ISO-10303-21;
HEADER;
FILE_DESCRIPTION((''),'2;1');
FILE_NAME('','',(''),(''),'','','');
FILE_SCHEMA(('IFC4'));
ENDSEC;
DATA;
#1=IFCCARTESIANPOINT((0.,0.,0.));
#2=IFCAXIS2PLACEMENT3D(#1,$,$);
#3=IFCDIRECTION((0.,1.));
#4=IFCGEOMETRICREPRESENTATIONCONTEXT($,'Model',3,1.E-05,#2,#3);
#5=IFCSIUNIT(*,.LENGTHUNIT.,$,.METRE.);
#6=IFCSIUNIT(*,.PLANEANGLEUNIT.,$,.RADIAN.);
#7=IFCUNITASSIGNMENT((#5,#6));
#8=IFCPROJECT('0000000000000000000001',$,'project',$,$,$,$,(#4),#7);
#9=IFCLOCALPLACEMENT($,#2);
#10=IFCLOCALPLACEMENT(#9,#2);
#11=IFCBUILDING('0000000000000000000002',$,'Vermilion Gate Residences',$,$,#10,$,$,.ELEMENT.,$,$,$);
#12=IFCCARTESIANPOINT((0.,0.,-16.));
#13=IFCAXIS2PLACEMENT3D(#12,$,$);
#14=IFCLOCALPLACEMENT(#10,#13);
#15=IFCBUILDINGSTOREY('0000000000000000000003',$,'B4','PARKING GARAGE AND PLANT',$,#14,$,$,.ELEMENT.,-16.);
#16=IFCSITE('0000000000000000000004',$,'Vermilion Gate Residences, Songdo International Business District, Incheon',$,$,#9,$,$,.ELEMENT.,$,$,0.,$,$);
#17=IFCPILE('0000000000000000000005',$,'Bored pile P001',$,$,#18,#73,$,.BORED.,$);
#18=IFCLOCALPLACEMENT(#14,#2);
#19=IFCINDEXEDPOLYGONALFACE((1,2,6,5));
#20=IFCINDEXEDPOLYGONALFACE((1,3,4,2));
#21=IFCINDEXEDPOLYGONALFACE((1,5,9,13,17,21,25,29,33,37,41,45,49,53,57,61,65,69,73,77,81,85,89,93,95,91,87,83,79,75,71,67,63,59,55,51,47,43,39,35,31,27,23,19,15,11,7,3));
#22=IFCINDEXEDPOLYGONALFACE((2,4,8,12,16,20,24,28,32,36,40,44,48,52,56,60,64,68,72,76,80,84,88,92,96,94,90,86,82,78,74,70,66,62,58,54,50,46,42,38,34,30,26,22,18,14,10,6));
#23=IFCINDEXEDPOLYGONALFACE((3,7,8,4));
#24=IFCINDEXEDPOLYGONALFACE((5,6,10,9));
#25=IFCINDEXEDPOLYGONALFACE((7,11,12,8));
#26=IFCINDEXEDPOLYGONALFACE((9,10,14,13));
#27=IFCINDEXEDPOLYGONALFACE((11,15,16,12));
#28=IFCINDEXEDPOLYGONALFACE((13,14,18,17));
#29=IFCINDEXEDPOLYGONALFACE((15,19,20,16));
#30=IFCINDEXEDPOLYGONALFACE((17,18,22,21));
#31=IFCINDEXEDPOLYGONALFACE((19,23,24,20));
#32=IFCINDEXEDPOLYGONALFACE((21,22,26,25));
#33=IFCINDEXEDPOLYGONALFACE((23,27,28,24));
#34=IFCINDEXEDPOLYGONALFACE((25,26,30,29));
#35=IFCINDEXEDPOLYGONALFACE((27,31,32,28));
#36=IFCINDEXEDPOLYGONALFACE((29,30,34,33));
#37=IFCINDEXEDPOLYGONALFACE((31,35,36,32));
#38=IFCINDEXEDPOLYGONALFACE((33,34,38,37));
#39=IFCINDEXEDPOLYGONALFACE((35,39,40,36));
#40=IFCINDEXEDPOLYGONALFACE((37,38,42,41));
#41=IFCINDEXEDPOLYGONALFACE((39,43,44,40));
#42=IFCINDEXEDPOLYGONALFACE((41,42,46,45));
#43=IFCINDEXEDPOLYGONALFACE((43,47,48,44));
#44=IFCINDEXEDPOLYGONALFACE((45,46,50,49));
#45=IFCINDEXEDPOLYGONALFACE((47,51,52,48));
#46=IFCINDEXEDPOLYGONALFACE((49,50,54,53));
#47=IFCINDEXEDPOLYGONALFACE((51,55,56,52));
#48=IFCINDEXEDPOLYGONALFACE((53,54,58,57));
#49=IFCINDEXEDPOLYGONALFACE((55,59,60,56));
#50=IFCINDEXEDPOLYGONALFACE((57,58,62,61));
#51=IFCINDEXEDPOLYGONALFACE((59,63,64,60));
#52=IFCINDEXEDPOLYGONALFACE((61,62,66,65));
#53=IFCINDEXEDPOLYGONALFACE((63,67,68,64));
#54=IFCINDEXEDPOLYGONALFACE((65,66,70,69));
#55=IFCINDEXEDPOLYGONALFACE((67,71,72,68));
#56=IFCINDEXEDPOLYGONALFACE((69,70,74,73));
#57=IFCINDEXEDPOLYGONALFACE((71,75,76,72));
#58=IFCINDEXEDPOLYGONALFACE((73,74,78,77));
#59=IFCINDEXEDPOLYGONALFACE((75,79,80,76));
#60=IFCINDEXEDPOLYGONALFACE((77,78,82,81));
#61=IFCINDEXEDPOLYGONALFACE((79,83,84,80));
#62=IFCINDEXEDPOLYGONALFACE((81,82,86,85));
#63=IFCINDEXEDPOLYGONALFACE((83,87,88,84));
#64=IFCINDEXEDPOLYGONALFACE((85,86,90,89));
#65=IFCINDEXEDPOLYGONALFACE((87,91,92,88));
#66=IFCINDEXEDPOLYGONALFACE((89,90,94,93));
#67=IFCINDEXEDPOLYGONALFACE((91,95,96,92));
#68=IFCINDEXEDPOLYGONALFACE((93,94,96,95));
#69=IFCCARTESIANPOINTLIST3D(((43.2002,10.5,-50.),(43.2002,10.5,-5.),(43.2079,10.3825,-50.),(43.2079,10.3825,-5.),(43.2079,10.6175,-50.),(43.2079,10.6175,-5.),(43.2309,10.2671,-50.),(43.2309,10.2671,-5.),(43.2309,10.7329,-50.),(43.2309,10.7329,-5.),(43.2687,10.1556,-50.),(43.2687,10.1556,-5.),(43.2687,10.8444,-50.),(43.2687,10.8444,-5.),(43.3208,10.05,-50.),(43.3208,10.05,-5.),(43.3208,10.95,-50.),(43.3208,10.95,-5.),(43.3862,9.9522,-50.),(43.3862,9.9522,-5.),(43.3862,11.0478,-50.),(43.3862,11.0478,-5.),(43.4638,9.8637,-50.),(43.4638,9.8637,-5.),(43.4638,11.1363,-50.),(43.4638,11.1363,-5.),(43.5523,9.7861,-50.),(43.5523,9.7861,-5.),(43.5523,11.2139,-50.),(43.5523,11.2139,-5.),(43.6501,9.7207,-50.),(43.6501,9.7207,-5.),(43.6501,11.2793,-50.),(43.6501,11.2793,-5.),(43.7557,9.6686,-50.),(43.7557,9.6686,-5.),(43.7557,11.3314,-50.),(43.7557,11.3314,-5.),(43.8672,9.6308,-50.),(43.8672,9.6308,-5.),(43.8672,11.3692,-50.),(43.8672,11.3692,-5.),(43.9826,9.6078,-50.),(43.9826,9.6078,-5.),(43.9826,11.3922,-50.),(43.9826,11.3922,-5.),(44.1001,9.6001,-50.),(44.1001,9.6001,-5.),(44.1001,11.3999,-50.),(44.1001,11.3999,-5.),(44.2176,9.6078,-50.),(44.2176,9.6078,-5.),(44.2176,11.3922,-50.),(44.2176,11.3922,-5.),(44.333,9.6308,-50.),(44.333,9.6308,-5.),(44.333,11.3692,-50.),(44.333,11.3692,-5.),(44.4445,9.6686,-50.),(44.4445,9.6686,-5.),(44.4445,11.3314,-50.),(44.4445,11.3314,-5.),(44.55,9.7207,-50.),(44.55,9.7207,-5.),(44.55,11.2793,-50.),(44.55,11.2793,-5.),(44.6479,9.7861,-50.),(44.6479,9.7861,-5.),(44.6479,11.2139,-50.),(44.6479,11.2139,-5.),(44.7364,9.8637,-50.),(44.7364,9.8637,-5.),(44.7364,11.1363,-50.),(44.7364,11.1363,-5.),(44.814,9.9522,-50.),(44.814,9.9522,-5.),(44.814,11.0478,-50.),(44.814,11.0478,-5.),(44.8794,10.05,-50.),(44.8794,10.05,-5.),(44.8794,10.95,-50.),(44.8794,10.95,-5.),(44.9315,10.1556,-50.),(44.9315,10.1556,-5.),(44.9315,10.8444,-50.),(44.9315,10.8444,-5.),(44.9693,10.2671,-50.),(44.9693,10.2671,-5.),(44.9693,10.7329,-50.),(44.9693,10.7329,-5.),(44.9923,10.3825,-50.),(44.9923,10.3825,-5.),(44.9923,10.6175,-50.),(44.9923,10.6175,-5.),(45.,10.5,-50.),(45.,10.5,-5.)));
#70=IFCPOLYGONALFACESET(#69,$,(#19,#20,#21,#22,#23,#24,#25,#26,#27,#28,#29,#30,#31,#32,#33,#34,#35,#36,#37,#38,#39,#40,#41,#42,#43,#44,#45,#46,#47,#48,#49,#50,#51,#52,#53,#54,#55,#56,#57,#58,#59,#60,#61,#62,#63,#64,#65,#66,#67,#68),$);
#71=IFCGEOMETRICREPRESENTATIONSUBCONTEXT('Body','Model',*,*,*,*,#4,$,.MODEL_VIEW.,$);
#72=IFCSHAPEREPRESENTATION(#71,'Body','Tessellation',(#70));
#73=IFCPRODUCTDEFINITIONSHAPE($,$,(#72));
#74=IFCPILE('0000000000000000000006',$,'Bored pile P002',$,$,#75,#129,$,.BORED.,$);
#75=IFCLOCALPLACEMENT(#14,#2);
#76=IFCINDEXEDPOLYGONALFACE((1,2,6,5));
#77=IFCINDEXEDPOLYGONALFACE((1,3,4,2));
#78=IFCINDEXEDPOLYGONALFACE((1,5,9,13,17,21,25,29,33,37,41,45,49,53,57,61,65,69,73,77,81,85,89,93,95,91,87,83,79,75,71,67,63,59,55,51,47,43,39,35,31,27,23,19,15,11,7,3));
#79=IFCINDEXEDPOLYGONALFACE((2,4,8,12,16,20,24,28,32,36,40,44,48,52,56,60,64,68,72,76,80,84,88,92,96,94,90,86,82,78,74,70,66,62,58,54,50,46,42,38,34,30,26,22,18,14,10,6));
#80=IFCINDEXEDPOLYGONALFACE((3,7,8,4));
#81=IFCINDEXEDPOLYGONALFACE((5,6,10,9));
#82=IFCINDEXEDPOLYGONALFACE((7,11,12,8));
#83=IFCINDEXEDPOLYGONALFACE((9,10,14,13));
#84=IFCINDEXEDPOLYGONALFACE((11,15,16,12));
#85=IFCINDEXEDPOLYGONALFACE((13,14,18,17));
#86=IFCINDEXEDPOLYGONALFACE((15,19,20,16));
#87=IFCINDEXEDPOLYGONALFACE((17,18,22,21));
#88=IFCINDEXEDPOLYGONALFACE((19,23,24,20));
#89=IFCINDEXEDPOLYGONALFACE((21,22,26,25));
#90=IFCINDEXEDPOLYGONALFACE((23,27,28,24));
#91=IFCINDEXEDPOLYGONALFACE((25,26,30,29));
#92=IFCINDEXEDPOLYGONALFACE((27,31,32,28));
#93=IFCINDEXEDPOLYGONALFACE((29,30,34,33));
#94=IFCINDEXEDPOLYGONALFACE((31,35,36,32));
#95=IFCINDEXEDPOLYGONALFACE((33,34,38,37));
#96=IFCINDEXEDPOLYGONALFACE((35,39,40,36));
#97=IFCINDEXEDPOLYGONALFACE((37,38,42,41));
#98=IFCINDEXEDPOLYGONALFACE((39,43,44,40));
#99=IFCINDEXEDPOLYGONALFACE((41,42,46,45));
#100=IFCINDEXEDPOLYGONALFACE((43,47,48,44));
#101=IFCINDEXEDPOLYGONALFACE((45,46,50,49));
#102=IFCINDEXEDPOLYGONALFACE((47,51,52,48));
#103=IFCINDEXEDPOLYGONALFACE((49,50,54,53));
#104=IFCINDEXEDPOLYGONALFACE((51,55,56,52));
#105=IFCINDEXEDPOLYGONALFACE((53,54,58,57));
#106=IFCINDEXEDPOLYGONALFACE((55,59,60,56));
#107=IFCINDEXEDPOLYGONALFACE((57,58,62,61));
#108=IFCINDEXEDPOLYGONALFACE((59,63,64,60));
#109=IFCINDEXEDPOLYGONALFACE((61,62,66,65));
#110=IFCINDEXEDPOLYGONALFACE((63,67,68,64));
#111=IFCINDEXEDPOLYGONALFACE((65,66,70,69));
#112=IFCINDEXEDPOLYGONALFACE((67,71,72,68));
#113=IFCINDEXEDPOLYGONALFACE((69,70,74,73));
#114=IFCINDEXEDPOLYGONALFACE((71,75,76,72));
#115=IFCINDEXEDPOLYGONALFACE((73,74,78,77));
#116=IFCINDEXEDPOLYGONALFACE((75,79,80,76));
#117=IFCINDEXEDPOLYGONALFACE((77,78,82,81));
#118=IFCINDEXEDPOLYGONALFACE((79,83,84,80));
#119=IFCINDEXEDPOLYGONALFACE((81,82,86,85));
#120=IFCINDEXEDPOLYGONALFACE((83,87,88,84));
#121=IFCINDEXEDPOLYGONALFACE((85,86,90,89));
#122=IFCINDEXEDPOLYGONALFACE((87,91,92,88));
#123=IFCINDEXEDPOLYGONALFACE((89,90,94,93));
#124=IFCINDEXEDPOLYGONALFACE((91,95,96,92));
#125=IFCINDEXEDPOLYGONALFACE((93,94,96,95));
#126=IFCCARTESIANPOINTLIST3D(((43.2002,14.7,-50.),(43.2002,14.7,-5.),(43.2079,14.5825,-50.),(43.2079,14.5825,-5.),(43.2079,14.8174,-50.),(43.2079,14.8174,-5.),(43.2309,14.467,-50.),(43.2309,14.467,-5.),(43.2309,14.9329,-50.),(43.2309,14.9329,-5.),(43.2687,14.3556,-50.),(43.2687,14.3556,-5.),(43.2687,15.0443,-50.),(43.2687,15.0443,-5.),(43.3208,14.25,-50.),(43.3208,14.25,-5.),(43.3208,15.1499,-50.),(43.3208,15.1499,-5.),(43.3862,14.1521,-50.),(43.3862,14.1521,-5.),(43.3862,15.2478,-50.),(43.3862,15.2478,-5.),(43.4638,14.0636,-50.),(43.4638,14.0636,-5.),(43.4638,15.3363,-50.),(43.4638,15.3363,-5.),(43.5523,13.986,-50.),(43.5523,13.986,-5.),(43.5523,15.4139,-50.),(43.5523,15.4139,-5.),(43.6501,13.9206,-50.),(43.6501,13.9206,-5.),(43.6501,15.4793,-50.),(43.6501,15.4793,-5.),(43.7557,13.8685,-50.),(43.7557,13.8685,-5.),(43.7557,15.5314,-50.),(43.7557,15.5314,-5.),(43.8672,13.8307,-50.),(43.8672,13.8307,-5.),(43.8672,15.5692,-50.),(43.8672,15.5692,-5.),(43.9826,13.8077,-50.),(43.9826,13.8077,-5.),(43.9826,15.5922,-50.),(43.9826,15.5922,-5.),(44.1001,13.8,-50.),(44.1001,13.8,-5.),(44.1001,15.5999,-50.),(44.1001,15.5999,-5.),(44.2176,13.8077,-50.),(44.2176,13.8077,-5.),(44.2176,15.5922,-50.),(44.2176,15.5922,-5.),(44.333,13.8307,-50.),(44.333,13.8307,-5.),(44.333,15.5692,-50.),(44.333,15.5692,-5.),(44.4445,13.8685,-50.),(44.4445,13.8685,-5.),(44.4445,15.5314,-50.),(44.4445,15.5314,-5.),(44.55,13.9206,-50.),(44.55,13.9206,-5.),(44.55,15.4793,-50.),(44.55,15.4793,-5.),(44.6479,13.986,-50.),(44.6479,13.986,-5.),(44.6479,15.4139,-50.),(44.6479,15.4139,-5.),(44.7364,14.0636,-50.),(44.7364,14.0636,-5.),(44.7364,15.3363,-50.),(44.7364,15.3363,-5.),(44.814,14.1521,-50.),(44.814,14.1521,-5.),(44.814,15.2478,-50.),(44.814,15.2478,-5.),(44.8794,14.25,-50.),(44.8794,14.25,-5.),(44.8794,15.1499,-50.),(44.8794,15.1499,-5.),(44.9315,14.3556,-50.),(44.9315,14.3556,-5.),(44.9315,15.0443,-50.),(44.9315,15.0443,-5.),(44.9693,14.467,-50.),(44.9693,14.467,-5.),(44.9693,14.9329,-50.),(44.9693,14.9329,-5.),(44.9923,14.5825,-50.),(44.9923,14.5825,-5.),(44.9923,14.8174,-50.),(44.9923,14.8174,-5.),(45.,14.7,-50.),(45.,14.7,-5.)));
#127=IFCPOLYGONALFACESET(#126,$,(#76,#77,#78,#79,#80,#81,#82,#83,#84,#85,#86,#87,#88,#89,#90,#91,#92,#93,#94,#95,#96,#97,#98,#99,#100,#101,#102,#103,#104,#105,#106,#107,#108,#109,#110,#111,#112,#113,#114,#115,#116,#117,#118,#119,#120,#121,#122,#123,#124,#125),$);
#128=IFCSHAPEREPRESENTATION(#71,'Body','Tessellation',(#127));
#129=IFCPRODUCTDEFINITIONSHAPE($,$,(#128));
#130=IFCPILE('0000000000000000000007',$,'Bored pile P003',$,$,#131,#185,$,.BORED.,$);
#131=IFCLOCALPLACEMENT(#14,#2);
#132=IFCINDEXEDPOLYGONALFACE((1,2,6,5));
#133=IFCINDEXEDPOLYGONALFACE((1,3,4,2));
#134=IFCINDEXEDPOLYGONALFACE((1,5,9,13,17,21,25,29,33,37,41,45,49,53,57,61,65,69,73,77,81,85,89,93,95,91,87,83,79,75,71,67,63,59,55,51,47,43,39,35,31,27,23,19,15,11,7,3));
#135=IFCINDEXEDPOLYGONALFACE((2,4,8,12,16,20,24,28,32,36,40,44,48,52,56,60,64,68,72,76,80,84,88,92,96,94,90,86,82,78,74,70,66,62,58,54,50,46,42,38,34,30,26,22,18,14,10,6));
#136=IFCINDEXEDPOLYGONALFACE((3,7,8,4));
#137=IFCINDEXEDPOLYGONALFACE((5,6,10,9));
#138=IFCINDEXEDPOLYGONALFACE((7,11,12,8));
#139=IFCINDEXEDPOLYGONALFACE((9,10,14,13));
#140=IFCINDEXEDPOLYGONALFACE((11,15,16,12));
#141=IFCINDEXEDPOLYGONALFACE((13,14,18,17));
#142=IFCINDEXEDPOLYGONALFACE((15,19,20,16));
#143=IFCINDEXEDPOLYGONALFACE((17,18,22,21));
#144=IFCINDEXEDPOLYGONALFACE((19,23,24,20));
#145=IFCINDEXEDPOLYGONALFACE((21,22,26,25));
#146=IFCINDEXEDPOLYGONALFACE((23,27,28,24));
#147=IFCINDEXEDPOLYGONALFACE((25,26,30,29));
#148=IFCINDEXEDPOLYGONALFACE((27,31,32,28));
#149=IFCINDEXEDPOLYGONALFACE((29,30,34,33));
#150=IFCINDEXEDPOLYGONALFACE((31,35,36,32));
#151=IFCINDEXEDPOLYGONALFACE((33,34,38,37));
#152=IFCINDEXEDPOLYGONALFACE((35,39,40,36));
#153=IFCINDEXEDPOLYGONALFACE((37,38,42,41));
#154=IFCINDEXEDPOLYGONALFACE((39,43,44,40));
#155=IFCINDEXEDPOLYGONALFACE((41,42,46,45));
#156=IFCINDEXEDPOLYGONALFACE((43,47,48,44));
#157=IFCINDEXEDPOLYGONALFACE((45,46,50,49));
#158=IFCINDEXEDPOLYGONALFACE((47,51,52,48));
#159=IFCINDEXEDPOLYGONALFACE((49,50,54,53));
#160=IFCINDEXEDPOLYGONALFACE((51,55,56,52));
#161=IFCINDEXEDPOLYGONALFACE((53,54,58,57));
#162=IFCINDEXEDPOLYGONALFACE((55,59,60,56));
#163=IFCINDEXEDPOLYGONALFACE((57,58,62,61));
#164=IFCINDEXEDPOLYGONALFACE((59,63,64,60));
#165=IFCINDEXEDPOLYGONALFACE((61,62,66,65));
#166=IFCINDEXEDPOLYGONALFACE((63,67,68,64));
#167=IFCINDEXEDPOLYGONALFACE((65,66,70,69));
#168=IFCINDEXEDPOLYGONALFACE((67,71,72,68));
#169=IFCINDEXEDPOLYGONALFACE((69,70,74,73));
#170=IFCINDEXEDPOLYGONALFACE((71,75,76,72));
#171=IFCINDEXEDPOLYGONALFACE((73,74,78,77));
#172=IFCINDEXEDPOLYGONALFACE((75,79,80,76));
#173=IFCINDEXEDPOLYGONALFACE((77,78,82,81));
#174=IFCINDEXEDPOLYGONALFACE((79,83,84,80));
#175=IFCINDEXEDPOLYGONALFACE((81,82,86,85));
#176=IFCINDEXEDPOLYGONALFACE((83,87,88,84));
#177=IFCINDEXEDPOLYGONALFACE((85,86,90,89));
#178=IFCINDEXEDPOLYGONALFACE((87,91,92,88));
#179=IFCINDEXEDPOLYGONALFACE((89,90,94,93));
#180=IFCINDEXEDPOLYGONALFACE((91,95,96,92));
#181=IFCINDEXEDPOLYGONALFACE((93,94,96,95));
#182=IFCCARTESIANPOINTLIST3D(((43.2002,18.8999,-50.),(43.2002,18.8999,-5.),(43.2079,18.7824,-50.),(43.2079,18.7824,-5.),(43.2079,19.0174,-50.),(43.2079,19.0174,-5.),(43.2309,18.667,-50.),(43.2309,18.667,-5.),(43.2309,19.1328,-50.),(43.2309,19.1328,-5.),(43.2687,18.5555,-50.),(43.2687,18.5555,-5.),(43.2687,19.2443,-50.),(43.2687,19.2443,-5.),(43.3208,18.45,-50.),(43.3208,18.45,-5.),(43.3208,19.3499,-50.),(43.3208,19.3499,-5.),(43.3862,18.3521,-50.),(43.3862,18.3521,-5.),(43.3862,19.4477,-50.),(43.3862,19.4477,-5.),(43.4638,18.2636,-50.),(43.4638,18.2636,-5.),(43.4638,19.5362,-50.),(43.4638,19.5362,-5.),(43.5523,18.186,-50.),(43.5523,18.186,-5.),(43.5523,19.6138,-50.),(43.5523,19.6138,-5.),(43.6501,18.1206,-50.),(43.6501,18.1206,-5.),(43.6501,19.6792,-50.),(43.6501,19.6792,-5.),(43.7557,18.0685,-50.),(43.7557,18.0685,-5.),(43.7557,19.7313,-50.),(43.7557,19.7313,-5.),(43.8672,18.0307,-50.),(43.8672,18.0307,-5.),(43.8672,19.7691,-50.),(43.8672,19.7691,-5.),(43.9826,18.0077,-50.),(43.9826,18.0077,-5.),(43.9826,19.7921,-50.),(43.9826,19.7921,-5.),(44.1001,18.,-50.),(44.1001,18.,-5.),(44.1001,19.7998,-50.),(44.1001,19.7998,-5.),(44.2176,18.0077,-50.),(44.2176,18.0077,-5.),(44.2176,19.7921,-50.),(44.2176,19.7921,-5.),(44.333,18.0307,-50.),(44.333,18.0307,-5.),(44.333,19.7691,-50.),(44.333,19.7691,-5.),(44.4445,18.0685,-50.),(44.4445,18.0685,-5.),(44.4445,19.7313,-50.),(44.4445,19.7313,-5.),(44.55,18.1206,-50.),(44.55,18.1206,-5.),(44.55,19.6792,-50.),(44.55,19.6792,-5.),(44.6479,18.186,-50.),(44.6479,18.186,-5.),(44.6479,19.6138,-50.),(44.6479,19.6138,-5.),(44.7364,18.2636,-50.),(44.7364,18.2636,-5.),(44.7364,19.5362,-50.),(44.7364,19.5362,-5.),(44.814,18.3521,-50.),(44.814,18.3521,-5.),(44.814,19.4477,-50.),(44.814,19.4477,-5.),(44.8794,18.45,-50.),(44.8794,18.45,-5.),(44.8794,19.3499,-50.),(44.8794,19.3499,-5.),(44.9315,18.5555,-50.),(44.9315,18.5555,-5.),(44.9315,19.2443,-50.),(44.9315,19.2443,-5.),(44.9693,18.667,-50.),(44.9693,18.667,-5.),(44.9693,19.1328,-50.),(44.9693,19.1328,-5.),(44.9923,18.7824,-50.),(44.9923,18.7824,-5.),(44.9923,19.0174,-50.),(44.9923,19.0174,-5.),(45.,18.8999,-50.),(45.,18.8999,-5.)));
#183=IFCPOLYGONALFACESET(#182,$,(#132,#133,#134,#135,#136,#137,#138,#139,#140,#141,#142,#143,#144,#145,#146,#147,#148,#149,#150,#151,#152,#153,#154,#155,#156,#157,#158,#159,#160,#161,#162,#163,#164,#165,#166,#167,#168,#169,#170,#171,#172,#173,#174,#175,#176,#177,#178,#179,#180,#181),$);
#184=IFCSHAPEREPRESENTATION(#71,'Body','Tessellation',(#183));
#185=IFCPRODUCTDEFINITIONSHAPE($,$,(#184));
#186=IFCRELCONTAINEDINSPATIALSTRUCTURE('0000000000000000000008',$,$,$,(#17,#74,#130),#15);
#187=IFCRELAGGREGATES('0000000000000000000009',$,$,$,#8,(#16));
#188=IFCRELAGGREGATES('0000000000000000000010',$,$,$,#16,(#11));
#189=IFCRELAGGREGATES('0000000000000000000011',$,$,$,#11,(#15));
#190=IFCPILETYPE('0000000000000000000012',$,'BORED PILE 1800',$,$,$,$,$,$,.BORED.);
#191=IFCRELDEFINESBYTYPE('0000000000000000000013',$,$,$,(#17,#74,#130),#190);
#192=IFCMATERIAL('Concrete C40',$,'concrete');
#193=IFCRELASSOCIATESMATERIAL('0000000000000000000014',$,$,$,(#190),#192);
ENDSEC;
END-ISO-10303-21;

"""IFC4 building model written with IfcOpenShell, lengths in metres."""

from ifc_helpers import new_model, si_unit, direction, frame, origin, origin_2d, place, context, subcontext, project, spatial, circle, extrude, material, material_profile, profile_set, type_object, element, save


model = new_model("IFC4")

# Units and contexts
model_context = context("Model", 3, precision=1e-05, world=origin(), true_north=direction((0.0, 1.0)))
body_context = subcontext(model_context, "Body", "Model", "MODEL_VIEW")
ifc_project = project(units=[si_unit("LENGTHUNIT", "METRE"), si_unit("PLANEANGLEUNIT", "RADIAN")], contexts=[model_context])

# Site, building, storey
site_placement = place(None, origin())
site = spatial("IfcSite", under=ifc_project, at=site_placement, Name="Vermilion Gate Residences, Songdo International Business District, Incheon", CompositionType="ELEMENT", RefElevation=0.0)
building_placement = place(site_placement, origin())
building = spatial("IfcBuilding", under=site, at=building_placement, Name="Vermilion Gate Residences", CompositionType="ELEMENT")
storey_placement = place(building_placement, frame((0.0, 0.0, -16.0)))
storey = spatial("IfcBuildingStorey", under=building, at=storey_placement, Name="B4", Description="PARKING GARAGE AND PLANT", CompositionType="ELEMENT", Elevation=-16.0)

# Piles
ifc_material_1 = material(Name="Concrete C40", Category="concrete")
ifc_material_profile = material_profile(ifc_material_1, circle(Radius=0.8999, at=origin_2d()), Name="BORED PILE 1800")
ifc_profile_set = profile_set([ifc_material_profile], Name="Concrete C40")
pile_type = type_object("IfcPileType", Name="BORED PILE 1800", PredefinedType="BORED", material=ifc_profile_set)
for number, where, z_axis, x_axis, name in (
    (1, (44.1001, 10.5, -5.0), (0.0, 0.0, -1.0), (1.0, 0.0, 0.0), "Bored pile P001"),
    (2, (44.1001, 14.7, -5.0), (0.0, 0.0, -1.0), (1.0, 0.0, 0.0), "Bored pile P002"),
    (3, (44.1001, 18.8999, -5.0), (0.0, 0.0, -1.0), (1.0, 0.0, 0.0), "Bored pile P003"),
):
    element("IfcPile", number, at=place(storey_placement, frame(where, z_axis=z_axis, x_axis=x_axis)), inside=storey, type_object=pile_type, Name=name, PredefinedType="BORED", context=body_context, shape_type="SweptSolid", body=[
        extrude(circle(Radius=0.8999, at=origin_2d()), origin(), (0.0, 0.0, 1.0), 45.0),
    ])

save(model, "model.ifc")
